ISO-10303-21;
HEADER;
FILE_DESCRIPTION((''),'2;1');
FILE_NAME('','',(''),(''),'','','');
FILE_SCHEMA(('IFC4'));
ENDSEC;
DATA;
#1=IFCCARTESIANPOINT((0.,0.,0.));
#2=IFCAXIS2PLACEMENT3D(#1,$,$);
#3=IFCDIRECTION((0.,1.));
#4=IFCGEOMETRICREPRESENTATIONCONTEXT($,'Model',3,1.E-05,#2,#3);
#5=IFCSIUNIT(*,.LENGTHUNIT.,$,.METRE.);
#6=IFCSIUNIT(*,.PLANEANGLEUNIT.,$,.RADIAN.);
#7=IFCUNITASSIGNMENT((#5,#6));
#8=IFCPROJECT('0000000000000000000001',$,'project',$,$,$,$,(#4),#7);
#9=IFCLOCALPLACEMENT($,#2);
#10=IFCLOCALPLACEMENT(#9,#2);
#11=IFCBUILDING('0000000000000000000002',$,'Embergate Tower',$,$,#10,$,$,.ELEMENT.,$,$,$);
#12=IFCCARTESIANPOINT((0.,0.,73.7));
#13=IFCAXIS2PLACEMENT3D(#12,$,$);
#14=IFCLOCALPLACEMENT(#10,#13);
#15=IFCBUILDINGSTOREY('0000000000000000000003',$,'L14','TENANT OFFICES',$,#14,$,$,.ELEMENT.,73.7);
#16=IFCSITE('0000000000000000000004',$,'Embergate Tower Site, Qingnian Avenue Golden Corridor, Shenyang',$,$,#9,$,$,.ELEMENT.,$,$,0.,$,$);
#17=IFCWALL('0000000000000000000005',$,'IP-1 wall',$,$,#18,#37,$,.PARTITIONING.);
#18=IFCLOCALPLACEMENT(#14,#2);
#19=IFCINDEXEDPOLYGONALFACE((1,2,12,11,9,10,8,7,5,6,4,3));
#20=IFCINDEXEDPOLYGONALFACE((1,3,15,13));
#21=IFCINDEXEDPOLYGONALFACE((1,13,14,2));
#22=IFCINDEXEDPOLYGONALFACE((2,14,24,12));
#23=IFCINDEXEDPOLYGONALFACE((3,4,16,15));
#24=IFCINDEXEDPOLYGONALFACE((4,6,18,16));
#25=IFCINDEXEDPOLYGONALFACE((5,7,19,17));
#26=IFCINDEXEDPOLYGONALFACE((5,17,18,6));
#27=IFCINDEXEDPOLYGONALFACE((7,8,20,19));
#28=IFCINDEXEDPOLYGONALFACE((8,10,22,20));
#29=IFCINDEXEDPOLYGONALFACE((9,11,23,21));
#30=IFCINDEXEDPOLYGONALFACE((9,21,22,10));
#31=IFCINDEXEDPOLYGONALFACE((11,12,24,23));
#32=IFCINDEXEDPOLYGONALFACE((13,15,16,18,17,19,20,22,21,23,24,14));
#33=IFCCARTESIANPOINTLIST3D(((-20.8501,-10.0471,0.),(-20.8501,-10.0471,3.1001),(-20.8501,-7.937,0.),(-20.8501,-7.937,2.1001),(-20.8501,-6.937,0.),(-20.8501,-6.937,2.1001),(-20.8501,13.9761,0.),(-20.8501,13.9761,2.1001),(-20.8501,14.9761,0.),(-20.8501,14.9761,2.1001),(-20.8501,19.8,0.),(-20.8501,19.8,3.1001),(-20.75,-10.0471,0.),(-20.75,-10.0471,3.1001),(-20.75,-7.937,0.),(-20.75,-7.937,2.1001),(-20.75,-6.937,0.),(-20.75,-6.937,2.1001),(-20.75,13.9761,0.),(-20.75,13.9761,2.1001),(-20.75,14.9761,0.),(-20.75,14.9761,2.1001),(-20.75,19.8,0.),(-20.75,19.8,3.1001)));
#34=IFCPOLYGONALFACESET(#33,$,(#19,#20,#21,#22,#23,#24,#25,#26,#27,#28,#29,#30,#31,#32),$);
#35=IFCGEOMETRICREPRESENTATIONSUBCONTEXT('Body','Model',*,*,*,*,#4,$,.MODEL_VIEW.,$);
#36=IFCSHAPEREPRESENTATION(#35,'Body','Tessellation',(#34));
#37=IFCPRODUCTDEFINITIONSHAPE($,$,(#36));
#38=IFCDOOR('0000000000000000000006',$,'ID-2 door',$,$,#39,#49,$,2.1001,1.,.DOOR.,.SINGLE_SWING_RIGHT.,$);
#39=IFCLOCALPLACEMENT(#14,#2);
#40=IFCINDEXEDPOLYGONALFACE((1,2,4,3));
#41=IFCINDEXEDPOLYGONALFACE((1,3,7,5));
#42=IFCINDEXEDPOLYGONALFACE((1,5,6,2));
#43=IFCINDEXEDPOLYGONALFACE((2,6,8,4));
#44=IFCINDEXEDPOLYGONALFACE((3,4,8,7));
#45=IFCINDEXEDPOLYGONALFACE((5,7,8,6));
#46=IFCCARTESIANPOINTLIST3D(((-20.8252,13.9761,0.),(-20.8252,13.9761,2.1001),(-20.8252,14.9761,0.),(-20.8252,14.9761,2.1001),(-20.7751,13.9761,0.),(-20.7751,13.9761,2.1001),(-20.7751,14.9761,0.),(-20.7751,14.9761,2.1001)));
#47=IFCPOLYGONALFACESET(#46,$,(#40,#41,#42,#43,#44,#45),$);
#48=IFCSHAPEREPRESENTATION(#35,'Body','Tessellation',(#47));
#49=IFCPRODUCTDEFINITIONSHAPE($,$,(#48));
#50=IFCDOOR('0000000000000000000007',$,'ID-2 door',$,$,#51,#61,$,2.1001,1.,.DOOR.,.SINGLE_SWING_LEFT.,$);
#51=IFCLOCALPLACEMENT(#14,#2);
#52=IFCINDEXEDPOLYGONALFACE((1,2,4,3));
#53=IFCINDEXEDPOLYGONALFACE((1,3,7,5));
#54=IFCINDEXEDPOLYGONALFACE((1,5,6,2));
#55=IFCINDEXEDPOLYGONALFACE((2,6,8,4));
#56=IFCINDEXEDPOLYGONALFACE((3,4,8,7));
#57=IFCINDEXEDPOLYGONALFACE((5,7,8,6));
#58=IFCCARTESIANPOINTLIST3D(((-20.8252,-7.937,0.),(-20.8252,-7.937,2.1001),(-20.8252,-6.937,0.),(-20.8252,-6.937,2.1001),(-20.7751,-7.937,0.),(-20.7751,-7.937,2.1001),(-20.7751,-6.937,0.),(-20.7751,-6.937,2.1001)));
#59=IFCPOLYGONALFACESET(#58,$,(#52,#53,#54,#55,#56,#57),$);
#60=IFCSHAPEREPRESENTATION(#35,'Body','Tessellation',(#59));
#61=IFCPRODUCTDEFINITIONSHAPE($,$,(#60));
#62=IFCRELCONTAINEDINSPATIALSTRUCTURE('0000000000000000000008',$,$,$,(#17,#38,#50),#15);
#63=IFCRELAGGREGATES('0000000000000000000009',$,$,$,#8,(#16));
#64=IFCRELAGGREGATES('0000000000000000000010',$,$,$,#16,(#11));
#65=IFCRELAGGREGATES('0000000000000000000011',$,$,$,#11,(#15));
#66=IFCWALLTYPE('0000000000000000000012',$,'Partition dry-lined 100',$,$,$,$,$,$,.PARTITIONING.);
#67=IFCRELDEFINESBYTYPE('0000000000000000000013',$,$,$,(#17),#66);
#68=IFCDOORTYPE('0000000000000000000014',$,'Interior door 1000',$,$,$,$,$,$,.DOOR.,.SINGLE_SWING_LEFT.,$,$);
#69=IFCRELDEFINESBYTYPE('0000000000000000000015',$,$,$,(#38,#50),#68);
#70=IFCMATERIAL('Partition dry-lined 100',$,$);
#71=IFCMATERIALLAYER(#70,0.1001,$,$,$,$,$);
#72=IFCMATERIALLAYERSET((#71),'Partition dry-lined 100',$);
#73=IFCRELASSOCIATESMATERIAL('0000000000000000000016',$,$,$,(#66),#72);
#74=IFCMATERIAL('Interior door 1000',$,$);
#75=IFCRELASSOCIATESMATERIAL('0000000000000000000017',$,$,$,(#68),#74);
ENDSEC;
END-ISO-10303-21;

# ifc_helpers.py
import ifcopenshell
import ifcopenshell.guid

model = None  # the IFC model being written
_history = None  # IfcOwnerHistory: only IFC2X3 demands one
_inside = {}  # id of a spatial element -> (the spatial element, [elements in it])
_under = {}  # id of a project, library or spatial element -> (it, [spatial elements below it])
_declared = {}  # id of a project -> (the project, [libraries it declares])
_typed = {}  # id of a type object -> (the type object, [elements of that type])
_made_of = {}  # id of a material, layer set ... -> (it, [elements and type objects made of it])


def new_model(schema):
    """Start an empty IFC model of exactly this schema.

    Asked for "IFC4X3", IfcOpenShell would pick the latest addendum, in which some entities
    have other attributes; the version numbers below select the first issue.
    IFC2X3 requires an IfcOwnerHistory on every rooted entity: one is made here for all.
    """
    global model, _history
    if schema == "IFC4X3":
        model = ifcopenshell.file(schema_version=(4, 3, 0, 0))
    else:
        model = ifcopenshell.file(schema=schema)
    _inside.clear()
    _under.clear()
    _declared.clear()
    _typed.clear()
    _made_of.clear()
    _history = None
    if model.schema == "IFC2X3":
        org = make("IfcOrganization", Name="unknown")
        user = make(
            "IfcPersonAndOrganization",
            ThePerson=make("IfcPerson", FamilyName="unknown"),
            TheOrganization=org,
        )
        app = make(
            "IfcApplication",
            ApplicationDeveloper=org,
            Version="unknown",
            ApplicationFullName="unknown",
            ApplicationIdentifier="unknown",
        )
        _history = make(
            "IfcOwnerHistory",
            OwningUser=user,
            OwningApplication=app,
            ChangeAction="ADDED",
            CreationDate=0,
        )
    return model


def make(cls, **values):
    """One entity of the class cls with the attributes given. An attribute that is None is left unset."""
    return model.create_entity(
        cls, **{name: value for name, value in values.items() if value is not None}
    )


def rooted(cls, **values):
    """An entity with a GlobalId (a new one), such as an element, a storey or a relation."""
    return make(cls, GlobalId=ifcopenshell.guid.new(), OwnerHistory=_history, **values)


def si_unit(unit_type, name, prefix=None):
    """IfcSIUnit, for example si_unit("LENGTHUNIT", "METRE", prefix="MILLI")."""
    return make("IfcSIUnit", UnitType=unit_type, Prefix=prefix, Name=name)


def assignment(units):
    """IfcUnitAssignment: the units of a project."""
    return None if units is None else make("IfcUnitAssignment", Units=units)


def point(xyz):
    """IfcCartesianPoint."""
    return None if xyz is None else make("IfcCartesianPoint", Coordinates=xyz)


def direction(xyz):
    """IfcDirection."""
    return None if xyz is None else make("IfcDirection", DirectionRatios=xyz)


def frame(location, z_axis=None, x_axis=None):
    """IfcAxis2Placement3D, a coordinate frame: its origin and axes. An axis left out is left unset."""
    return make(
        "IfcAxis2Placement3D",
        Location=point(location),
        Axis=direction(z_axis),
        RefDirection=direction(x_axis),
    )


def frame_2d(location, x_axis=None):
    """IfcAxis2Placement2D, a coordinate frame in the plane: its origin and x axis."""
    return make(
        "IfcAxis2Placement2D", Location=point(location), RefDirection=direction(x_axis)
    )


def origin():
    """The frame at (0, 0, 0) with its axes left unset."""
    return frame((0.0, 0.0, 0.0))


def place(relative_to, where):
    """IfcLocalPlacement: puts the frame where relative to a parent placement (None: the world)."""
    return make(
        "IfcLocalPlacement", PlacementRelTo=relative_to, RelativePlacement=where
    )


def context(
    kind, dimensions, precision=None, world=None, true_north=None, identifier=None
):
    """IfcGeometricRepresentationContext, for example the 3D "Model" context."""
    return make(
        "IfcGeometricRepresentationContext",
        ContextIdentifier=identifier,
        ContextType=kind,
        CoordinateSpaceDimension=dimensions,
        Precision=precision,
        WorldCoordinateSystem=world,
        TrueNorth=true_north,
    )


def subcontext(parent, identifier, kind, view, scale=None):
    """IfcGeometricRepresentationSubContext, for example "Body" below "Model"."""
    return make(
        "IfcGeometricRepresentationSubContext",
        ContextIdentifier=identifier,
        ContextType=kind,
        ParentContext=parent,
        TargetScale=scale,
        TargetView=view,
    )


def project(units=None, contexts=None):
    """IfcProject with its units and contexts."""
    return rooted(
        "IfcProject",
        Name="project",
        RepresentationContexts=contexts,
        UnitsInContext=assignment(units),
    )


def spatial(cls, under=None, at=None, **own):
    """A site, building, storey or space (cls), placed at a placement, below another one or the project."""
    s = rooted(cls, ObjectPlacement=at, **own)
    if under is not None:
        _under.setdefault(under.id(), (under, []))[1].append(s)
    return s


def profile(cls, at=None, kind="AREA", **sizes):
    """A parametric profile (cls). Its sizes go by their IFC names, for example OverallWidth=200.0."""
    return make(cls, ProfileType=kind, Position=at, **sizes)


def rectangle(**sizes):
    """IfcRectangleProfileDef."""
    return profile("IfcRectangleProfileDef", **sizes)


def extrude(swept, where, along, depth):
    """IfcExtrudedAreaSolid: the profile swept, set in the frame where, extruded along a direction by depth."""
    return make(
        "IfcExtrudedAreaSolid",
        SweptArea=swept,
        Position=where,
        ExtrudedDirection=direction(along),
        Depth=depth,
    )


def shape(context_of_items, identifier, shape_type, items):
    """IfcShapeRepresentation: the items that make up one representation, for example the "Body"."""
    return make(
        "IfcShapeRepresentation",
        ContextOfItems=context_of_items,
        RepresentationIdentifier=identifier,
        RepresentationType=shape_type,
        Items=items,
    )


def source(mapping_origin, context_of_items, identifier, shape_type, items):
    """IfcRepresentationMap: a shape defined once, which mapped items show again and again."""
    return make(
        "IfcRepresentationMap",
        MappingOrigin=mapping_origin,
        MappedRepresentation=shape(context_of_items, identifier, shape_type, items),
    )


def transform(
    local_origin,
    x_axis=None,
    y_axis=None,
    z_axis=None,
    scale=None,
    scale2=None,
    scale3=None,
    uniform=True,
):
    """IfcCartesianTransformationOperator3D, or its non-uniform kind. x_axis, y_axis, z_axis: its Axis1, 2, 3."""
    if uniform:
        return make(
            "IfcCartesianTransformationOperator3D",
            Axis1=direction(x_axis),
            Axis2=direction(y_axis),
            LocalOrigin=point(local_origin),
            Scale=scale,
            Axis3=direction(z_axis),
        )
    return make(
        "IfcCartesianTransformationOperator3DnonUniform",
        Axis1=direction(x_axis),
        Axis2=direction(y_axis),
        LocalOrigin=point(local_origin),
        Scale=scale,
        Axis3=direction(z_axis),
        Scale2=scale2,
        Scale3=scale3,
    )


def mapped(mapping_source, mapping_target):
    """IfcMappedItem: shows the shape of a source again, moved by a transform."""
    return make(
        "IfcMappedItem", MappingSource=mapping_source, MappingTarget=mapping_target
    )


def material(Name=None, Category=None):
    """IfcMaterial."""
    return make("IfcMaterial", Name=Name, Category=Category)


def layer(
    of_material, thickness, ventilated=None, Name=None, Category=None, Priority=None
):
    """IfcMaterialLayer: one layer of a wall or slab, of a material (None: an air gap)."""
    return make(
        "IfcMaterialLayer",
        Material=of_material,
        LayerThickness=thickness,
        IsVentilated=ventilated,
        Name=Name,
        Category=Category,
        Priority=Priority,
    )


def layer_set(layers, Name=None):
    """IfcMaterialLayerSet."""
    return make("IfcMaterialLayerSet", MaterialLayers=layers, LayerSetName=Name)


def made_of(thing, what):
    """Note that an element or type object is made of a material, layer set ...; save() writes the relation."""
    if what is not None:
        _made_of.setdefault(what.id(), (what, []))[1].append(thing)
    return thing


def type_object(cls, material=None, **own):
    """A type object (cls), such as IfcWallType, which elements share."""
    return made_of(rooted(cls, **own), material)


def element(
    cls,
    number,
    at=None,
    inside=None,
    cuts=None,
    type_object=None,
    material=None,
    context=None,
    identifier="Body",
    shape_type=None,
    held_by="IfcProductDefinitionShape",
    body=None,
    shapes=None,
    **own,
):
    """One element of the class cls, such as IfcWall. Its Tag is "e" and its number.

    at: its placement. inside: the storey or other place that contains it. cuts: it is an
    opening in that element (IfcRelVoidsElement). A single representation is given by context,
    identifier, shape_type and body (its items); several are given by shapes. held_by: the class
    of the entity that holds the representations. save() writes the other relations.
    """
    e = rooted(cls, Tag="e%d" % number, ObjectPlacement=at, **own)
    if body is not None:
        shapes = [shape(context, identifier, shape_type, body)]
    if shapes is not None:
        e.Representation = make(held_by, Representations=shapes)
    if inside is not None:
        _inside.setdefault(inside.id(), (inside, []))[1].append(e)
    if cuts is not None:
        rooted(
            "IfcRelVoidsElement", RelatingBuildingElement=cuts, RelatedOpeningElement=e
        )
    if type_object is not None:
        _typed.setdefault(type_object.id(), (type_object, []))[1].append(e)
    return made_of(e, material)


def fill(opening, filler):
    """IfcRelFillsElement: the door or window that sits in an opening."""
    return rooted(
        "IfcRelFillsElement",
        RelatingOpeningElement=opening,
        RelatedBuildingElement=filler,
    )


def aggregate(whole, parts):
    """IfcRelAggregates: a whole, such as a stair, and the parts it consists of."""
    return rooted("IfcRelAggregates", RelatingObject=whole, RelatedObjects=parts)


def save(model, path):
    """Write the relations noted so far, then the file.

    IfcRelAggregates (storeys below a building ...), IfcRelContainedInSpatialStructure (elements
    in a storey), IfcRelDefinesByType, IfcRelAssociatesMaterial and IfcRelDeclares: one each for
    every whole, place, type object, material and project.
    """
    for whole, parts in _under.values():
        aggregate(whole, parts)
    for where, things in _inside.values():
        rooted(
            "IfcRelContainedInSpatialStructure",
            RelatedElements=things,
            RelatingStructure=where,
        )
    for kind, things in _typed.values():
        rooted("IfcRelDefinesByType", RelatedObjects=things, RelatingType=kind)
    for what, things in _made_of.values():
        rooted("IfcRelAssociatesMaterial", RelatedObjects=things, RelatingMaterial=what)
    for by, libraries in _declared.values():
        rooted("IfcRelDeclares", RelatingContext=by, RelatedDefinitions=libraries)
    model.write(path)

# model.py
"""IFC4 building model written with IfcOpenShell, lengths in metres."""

from ifc_helpers import new_model, si_unit, direction, frame, frame_2d, origin, place, context, subcontext, project, spatial, rectangle, extrude, source, transform, mapped, material, layer, layer_set, type_object, element, fill, save


model = new_model("IFC4")

# Units and contexts
model_context = context("Model", 3, precision=1e-05, world=origin(), true_north=direction((0.0, 1.0)))
body_context = subcontext(model_context, "Body", "Model", "MODEL_VIEW")
ifc_project = project(units=[si_unit("LENGTHUNIT", "METRE"), si_unit("PLANEANGLEUNIT", "RADIAN")], contexts=[model_context])

# Site, building, storey
site_placement = place(None, origin())
site = spatial("IfcSite", under=ifc_project, at=site_placement, Name="Embergate Tower Site, Qingnian Avenue Golden Corridor, Shenyang", CompositionType="ELEMENT", RefElevation=0.0)
building_placement = place(site_placement, origin())
building = spatial("IfcBuilding", under=site, at=building_placement, Name="Embergate Tower", CompositionType="ELEMENT")
storey_placement = place(building_placement, frame((0.0, 0.0, 73.7)))
storey = spatial("IfcBuildingStorey", under=building, at=storey_placement, Name="L14", Description="TENANT OFFICES", CompositionType="ELEMENT", Elevation=73.7)

# Wall, openings, doors
ifc_material_1 = material(Name="Partition dry-lined 100")
ifc_layer_1 = layer(ifc_material_1, 0.1001)
ifc_layer_set_1 = layer_set([ifc_layer_1], Name="Partition dry-lined 100")
wall_type = type_object("IfcWallType", Name="Partition dry-lined 100", PredefinedType="PARTITIONING", material=ifc_layer_set_1)
shared_shape_1 = source(origin(), body_context, "Body", "SweptSolid", [
    extrude(rectangle(XDim=29.8472, YDim=0.1001, at=frame_2d((14.9236, 0.0))), origin(), (0.0, 0.0, 1.0), 3.1001),
])
wall_placement = place(storey_placement, frame((-20.8, 19.8, 0.0), z_axis=(0.0, 0.0, 1.0), x_axis=(0.0, -1.0, 0.0)))
wall = element("IfcWall", 1, at=wall_placement, inside=storey, type_object=wall_type, Name="IP-1 wall", PredefinedType="PARTITIONING", context=body_context, shape_type="MappedRepresentation", body=[
    mapped(shared_shape_1, transform((0.0, 0.0, 0.0))),
])
shared_shape_2 = source(origin(), body_context, "Body", "SweptSolid", [
    extrude(rectangle(XDim=1.0, YDim=2.1001, at=frame_2d((0.5, 1.05))), frame((0.0, 0.0601, 0.0), z_axis=(0.0, -1.0, 0.0), x_axis=(1.0, 0.0, 0.0)), (0.0, 0.0, 1.0), 0.1201),
])
opening_1_placement = place(wall_placement, frame((4.824, 0.0, 0.0)))
opening_1 = element("IfcOpeningElement", 2, at=opening_1_placement, cuts=wall, PredefinedType="OPENING", context=body_context, shape_type="MappedRepresentation", body=[
    mapped(shared_shape_2, transform((0.0, 0.0, 0.0))),
])
opening_2_placement = place(wall_placement, frame((26.7371, 0.0, 0.0)))
opening_2 = element("IfcOpeningElement", 3, at=opening_2_placement, cuts=wall, PredefinedType="OPENING", context=body_context, shape_type="MappedRepresentation", body=[
    mapped(shared_shape_2, transform((0.0, 0.0, 0.0))),
])
ifc_material_2 = material(Name="Interior door 1000")
door_type = type_object("IfcDoorType", Name="Interior door 1000", OperationType="SINGLE_SWING_LEFT", PredefinedType="DOOR", material=ifc_material_2)
shared_shape_3 = source(origin(), body_context, "Body", "SweptSolid", [
    extrude(rectangle(XDim=1.0, YDim=2.1001, at=frame_2d((0.5, 1.05))), frame((0.0, 0.0249, 0.0), z_axis=(0.0, -1.0, 0.0), x_axis=(1.0, 0.0, 0.0)), (0.0, 0.0, 1.0), 0.05),
])
door_1_placement = place(opening_1_placement, origin())
door_1 = element("IfcDoor", 4, at=door_1_placement, inside=storey, type_object=door_type, Name="ID-2 door", OperationType="SINGLE_SWING_RIGHT", OverallHeight=2.1001, OverallWidth=1.0, PredefinedType="DOOR", context=body_context, shape_type="MappedRepresentation", body=[
    mapped(shared_shape_3, transform((0.0, 0.0, 0.0))),
])
fill(opening_1, door_1)
door_2_placement = place(opening_2_placement, origin())
door_2 = element("IfcDoor", 5, at=door_2_placement, inside=storey, type_object=door_type, Name="ID-2 door", OperationType="SINGLE_SWING_LEFT", OverallHeight=2.1001, OverallWidth=1.0, PredefinedType="DOOR", context=body_context, shape_type="MappedRepresentation", body=[
    mapped(shared_shape_3, transform((0.0, 0.0, 0.0))),
])
fill(opening_2, door_2)

save(model, "model.ifc")
